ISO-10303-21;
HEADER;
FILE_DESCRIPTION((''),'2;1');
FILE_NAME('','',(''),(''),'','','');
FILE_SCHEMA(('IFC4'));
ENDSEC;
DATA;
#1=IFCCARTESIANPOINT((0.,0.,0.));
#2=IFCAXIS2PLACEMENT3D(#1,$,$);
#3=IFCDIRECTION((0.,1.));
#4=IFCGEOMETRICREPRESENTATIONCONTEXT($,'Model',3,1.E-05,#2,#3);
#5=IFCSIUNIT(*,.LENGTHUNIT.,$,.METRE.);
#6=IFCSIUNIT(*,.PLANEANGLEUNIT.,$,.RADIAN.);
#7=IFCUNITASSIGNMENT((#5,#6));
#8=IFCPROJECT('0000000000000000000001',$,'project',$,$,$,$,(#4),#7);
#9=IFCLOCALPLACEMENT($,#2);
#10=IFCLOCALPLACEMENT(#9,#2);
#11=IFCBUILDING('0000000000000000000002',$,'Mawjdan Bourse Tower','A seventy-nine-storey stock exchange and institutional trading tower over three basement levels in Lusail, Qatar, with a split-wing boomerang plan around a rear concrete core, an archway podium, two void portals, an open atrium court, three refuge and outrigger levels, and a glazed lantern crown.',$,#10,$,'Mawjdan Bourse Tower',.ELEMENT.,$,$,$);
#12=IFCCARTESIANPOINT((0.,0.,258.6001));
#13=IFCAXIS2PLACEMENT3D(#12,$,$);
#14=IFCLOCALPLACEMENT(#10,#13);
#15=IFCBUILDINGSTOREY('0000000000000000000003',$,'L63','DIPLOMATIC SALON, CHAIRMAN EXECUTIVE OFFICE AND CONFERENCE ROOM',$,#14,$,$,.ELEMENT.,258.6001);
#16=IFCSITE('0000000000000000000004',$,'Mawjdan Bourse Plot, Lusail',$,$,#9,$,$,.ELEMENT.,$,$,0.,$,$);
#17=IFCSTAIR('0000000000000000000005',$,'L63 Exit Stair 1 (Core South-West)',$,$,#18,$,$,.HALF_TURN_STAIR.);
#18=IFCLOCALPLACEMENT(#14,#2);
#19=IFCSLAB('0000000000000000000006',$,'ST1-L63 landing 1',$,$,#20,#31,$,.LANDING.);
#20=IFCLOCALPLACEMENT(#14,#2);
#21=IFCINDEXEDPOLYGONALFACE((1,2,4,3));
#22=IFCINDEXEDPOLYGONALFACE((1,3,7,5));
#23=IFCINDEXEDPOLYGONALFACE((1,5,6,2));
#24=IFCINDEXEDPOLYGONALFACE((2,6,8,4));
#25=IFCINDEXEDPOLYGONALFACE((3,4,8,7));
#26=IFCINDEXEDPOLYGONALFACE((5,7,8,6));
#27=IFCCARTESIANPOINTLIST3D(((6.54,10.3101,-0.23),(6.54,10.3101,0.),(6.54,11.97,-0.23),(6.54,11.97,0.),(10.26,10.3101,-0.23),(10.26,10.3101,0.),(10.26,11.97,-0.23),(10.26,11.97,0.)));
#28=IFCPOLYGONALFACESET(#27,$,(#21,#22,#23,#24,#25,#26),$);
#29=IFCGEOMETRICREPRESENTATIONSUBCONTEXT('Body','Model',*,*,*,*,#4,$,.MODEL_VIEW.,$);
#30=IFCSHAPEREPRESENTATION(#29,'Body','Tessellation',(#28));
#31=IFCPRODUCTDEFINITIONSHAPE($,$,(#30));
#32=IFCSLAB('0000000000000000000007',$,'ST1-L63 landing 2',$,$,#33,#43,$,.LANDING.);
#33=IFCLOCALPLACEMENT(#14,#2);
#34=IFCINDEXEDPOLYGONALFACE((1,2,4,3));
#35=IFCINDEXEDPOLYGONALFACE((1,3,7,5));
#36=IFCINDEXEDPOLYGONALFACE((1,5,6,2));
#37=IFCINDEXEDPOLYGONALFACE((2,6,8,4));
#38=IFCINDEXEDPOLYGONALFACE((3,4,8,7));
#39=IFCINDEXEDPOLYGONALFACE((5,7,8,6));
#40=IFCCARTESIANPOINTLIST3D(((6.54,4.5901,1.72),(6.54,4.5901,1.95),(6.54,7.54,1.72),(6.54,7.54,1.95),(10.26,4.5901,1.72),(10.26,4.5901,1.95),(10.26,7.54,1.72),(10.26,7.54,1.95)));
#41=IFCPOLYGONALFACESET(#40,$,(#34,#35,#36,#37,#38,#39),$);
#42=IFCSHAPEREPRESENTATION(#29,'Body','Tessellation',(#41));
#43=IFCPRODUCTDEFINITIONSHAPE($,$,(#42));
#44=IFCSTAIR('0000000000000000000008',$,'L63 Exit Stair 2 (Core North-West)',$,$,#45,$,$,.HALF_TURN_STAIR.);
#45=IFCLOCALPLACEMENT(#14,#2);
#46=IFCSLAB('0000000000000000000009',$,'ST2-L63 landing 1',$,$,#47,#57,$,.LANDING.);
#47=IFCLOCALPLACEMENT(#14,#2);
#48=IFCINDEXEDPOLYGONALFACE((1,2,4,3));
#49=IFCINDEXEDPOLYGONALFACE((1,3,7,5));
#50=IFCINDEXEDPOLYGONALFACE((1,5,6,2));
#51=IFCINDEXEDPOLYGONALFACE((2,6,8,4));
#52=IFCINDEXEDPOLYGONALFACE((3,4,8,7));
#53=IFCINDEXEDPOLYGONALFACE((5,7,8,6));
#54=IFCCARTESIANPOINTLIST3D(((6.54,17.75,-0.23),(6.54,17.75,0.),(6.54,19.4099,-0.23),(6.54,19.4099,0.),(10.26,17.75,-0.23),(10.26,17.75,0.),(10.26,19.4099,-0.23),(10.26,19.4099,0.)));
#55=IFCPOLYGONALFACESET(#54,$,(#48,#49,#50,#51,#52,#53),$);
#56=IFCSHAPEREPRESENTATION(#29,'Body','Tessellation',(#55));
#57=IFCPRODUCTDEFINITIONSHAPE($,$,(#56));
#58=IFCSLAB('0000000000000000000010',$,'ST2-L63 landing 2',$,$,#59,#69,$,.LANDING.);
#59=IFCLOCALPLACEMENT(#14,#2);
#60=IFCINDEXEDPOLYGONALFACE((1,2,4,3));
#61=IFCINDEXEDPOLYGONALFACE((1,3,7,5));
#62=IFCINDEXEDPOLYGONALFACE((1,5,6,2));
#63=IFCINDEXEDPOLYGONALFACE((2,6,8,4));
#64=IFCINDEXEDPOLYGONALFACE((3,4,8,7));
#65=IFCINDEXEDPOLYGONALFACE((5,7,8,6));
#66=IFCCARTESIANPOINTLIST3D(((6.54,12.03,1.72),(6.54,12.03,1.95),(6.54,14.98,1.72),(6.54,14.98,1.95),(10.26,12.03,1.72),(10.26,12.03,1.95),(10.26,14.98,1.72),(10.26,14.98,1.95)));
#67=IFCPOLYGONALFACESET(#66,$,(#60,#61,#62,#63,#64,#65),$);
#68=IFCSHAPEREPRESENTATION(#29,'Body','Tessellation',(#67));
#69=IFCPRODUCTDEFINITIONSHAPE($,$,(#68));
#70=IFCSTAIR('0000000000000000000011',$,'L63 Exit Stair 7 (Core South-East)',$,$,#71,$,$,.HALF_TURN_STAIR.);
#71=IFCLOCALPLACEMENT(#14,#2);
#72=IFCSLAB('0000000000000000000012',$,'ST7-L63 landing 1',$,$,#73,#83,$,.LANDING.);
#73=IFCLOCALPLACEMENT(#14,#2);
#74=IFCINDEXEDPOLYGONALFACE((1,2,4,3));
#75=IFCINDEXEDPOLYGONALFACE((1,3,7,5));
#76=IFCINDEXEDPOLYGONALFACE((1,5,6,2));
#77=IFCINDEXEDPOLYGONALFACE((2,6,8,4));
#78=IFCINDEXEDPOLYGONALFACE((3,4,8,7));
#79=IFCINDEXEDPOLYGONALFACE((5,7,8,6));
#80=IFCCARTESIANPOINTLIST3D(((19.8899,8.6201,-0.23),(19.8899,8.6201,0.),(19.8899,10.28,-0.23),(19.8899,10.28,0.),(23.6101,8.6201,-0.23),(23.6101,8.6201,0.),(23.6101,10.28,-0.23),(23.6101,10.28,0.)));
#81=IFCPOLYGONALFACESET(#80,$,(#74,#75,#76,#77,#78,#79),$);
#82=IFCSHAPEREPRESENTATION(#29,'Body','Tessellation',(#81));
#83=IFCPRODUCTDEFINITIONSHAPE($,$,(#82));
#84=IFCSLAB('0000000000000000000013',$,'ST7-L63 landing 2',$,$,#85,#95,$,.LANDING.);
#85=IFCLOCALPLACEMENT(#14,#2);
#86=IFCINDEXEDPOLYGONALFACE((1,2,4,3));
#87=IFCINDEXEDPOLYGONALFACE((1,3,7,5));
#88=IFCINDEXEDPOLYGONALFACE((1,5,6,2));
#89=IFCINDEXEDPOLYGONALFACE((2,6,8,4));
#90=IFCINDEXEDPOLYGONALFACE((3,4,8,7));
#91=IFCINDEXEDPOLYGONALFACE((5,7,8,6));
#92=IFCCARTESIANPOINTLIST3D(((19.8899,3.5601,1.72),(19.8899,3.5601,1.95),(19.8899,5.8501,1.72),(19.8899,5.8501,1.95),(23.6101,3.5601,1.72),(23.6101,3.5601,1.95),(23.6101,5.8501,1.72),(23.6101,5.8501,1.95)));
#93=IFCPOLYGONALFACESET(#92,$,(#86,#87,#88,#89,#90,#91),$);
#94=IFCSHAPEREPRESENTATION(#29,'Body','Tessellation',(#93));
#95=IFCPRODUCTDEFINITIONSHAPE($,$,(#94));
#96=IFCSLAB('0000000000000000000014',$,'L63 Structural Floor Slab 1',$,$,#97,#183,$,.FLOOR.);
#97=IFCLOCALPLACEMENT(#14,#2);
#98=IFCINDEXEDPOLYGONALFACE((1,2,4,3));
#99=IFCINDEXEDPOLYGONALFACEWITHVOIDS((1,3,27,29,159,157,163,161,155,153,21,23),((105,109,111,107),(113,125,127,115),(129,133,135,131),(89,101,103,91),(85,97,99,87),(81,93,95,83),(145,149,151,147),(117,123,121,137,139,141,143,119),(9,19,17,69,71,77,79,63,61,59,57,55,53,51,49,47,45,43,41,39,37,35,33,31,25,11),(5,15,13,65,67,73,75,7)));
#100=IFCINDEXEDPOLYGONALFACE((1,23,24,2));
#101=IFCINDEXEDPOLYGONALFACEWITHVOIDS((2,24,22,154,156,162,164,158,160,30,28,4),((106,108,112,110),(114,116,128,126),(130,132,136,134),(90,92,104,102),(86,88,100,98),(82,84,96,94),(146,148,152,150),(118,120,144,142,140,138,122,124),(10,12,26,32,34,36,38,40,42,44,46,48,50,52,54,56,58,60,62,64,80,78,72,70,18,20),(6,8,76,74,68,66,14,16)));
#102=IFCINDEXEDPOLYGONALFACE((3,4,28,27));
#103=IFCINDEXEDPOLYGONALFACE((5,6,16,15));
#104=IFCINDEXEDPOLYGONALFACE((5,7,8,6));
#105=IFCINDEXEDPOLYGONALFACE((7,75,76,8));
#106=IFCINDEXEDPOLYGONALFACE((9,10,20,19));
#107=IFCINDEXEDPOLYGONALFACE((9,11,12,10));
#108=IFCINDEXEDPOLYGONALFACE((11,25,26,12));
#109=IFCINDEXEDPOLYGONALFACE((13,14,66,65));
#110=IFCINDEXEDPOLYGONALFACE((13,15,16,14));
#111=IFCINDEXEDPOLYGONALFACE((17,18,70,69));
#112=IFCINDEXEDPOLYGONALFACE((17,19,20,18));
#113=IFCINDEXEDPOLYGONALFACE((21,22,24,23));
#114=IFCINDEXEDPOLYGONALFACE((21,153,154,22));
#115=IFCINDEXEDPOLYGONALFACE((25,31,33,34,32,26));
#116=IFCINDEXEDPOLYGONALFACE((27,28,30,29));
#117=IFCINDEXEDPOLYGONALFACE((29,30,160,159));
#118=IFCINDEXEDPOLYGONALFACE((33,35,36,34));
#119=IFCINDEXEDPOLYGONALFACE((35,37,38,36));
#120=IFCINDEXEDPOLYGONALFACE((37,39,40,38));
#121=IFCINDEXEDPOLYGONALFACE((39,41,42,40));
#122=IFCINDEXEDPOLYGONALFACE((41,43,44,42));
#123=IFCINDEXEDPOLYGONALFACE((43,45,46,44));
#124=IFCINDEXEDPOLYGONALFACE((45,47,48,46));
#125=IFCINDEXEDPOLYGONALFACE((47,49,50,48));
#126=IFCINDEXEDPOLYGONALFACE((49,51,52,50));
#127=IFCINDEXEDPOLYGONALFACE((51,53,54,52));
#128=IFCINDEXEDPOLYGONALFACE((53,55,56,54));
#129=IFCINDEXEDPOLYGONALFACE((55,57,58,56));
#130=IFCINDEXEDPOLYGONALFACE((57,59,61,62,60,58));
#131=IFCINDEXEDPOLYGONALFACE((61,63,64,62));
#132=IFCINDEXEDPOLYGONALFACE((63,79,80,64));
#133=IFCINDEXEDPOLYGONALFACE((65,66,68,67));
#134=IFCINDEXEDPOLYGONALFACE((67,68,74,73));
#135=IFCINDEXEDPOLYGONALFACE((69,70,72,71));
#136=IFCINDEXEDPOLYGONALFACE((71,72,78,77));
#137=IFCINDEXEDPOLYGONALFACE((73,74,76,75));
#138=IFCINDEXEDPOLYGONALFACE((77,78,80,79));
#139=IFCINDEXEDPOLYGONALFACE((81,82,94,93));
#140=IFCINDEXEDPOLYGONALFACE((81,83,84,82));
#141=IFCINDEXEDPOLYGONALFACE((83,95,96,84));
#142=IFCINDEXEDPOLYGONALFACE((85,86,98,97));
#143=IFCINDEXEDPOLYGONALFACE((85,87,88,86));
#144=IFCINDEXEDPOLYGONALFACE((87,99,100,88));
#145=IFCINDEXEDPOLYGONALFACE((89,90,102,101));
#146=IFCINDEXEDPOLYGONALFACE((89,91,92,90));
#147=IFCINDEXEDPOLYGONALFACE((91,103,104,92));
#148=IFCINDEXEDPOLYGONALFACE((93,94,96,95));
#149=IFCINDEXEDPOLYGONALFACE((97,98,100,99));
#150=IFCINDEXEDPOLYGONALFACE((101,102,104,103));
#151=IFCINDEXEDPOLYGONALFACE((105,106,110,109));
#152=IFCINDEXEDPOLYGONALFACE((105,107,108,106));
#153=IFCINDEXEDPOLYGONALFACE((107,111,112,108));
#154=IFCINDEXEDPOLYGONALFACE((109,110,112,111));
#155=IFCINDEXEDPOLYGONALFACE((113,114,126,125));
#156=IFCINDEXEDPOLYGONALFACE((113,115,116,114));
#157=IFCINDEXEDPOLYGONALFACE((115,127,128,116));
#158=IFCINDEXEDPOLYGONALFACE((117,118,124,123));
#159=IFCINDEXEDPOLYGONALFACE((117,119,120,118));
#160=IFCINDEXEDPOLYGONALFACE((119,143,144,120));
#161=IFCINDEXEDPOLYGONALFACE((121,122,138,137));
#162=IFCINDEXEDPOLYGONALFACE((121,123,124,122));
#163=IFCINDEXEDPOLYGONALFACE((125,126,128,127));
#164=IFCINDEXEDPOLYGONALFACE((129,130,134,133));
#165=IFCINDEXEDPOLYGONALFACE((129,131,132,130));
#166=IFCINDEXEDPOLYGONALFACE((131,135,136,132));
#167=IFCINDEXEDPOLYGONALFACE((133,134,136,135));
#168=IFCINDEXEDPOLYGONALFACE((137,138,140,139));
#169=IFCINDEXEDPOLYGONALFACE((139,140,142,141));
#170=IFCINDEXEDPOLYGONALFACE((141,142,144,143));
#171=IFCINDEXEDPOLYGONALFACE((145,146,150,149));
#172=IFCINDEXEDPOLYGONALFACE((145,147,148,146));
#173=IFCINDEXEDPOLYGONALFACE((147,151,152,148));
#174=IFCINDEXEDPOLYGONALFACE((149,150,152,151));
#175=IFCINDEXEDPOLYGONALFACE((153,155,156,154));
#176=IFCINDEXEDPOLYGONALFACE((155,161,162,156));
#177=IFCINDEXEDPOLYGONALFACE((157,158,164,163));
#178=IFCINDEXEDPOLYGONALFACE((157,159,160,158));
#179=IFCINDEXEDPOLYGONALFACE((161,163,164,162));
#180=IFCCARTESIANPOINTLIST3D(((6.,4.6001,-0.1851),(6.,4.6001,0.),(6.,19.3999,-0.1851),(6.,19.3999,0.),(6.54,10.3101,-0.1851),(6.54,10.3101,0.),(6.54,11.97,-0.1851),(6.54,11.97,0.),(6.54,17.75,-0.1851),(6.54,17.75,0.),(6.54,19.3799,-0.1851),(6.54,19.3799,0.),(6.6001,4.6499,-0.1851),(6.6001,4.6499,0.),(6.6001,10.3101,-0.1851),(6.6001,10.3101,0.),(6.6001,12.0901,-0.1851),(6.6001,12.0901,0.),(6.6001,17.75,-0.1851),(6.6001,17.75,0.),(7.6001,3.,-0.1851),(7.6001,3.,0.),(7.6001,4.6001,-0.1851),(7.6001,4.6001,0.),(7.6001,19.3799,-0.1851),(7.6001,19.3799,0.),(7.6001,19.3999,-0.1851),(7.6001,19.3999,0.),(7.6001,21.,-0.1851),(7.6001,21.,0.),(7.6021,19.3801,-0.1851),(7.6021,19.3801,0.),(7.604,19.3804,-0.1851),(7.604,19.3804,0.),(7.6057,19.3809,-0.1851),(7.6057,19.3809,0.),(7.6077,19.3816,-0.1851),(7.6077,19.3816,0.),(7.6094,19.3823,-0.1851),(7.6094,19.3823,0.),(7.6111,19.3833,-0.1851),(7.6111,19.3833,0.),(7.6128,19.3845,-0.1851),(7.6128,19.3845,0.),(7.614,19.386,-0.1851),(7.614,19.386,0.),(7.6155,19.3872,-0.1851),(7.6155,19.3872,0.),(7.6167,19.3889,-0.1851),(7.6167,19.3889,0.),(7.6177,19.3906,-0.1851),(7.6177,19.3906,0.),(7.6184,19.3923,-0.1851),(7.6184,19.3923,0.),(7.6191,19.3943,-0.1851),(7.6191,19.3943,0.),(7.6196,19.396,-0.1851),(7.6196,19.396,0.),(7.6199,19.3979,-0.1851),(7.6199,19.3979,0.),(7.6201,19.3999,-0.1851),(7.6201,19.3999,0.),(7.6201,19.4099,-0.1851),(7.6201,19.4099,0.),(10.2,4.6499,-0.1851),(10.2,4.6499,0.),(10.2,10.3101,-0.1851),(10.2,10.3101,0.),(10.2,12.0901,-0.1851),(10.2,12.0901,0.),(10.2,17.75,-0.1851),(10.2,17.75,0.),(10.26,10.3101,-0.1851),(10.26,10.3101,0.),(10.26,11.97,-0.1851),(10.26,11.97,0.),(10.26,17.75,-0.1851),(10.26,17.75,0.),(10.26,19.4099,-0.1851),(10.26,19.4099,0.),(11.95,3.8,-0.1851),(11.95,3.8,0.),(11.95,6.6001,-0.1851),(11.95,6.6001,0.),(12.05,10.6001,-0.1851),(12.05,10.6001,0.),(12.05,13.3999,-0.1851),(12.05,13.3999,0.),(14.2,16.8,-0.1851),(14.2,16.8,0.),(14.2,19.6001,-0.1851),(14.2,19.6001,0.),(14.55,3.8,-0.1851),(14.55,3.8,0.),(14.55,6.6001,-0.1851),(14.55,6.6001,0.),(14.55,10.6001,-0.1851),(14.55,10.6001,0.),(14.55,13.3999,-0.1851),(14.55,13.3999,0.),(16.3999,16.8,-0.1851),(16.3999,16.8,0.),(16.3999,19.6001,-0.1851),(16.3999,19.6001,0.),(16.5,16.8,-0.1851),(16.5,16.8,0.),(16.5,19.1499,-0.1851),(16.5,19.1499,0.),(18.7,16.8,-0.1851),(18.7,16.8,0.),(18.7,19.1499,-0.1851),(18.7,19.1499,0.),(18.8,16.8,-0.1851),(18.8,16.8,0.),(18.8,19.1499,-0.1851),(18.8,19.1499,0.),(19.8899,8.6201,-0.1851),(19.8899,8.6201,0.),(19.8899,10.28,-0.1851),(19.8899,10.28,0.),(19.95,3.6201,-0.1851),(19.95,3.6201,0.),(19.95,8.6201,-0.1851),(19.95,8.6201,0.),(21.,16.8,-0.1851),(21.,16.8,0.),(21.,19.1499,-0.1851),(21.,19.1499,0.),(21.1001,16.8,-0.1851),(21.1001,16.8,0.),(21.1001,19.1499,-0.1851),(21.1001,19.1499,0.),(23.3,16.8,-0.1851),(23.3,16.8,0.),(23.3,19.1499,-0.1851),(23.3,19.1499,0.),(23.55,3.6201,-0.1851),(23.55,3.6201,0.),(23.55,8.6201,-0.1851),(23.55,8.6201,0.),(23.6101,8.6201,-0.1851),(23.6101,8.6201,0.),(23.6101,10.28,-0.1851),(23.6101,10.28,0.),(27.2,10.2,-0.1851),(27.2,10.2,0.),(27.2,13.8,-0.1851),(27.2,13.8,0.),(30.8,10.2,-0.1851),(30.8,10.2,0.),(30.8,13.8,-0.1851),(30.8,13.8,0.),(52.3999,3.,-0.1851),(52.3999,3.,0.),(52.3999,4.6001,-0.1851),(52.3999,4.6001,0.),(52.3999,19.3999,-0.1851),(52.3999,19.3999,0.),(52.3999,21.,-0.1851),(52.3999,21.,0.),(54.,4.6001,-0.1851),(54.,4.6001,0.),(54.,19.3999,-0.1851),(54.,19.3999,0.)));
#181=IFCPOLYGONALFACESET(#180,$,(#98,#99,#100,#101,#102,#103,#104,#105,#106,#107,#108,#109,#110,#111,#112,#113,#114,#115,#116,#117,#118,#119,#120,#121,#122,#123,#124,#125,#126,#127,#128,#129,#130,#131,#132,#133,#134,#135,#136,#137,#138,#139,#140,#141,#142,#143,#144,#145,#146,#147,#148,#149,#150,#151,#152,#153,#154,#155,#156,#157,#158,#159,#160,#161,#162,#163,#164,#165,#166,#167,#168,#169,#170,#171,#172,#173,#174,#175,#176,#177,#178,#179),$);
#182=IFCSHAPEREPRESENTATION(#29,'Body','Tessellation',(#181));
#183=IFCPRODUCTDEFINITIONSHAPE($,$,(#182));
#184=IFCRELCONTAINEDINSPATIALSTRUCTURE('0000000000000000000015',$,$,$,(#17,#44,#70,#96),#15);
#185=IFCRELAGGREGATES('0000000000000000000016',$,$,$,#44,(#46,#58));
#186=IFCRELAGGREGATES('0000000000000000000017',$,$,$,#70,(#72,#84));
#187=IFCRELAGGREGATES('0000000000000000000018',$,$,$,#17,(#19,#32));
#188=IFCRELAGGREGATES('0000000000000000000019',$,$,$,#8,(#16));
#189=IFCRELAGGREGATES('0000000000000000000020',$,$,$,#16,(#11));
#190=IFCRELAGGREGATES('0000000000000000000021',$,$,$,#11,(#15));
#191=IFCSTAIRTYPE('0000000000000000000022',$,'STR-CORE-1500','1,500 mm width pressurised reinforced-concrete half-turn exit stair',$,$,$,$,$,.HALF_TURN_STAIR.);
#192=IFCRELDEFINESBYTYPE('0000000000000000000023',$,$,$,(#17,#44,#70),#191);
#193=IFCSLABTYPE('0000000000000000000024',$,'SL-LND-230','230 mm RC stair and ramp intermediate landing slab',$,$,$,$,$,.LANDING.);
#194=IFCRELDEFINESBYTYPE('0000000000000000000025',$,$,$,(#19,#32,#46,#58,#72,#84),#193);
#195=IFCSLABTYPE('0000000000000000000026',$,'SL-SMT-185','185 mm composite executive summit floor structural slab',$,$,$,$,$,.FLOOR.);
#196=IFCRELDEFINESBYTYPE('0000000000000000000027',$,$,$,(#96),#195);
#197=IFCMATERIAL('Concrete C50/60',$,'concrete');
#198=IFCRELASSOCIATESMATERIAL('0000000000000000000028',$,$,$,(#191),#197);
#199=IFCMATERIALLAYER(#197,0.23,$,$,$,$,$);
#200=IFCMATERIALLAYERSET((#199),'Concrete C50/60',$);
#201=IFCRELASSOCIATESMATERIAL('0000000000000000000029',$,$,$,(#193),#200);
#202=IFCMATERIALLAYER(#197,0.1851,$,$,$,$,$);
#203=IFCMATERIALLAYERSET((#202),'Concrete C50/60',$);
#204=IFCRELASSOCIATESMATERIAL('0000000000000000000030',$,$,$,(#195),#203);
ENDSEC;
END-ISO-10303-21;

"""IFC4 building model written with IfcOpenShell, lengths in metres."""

from ifc_helpers import new_model, si_unit, direction, frame, origin, place, context, subcontext, project, spatial, polyline, outline, extrude, material, layer, layer_set, type_object, element, aggregate, save


model = new_model("IFC4")

# Units and contexts
model_context = context("Model", 3, precision=1e-05, world=origin(), true_north=direction((0.0, 1.0)))
body_context = subcontext(model_context, "Body", "Model", "MODEL_VIEW")
ifc_project = project(units=[si_unit("LENGTHUNIT", "METRE"), si_unit("PLANEANGLEUNIT", "RADIAN")], contexts=[model_context])

# Site, building, storey
site_placement = place(None, origin())
site = spatial("IfcSite", under=ifc_project, at=site_placement, Name="Mawjdan Bourse Plot, Lusail", CompositionType="ELEMENT", RefElevation=0.0)
building_placement = place(site_placement, origin())
building = spatial("IfcBuilding", under=site, at=building_placement, Name="Mawjdan Bourse Tower", Description="A seventy-nine-storey stock exchange and institutional trading tower over three basement levels in Lusail, Qatar, with a split-wing boomerang plan around a rear concrete core, an archway podium, two void portals, an open atrium court, three refuge and outrigger levels, and a glazed lantern crown.", LongName="Mawjdan Bourse Tower", CompositionType="ELEMENT")
storey_placement = place(building_placement, frame((0.0, 0.0, 258.6001)))
storey = spatial("IfcBuildingStorey", under=building, at=storey_placement, Name="L63", Description="DIPLOMATIC SALON, CHAIRMAN EXECUTIVE OFFICE AND CONFERENCE ROOM", CompositionType="ELEMENT", Elevation=258.6001)

# Stairs, slabs
ifc_material_1 = material(Name="Concrete C50/60", Category="concrete")
stair_type = type_object("IfcStairType", Name="STR-CORE-1500", Description="1,500 mm width pressurised reinforced-concrete half-turn exit stair", PredefinedType="HALF_TURN_STAIR", material=ifc_material_1)
stair_1_placement = place(storey_placement, origin())
stair_1 = element("IfcStair", 1, at=stair_1_placement, inside=storey, type_object=stair_type, Name="L63 Exit Stair 1 (Core South-West)", PredefinedType="HALF_TURN_STAIR")
ifc_layer_1 = layer(ifc_material_1, 0.23)
ifc_layer_set_1 = layer_set([ifc_layer_1], Name="Concrete C50/60")
slab_type_1 = type_object("IfcSlabType", Name="SL-LND-230", Description="230 mm RC stair and ramp intermediate landing slab", PredefinedType="LANDING", material=ifc_layer_set_1)
slab_1_placement = place(storey_placement, frame((0.0, 0.0, -0.23)))
slab_1 = element("IfcSlab", 2, at=slab_1_placement, type_object=slab_type_1, Name="ST1-L63 landing 1", PredefinedType="LANDING", context=body_context, shape_type="SweptSolid", body=[
    extrude(outline(polyline([(6.54, 10.3101), (10.26, 10.3101), (10.26, 11.97), (6.54, 11.97), (6.54, 10.3101)])), origin(), (0.0, 0.0, 1.0), 0.23),
])
slab_2_placement = place(storey_placement, frame((0.0, 0.0, 1.72)))
slab_2 = element("IfcSlab", 3, at=slab_2_placement, type_object=slab_type_1, Name="ST1-L63 landing 2", PredefinedType="LANDING", context=body_context, shape_type="SweptSolid", body=[
    extrude(outline(polyline([(6.54, 4.5901), (10.26, 4.5901), (10.26, 7.54), (6.54, 7.54), (6.54, 4.5901)])), origin(), (0.0, 0.0, 1.0), 0.23),
])
stair_2_placement = place(storey_placement, origin())
stair_2 = element("IfcStair", 4, at=stair_2_placement, inside=storey, type_object=stair_type, Name="L63 Exit Stair 2 (Core North-West)", PredefinedType="HALF_TURN_STAIR")
slab_3_placement = place(storey_placement, frame((0.0, 0.0, -0.23)))
slab_3 = element("IfcSlab", 5, at=slab_3_placement, type_object=slab_type_1, Name="ST2-L63 landing 1", PredefinedType="LANDING", context=body_context, shape_type="SweptSolid", body=[
    extrude(outline(polyline([(6.54, 17.75), (10.26, 17.75), (10.26, 19.4099), (6.54, 19.4099), (6.54, 17.75)])), origin(), (0.0, 0.0, 1.0), 0.23),
])
slab_4_placement = place(storey_placement, frame((0.0, 0.0, 1.72)))
slab_4 = element("IfcSlab", 6, at=slab_4_placement, type_object=slab_type_1, Name="ST2-L63 landing 2", PredefinedType="LANDING", context=body_context, shape_type="SweptSolid", body=[
    extrude(outline(polyline([(6.54, 12.03), (10.26, 12.03), (10.26, 14.98), (6.54, 14.98), (6.54, 12.03)])), origin(), (0.0, 0.0, 1.0), 0.23),
])
aggregate(stair_2, [slab_3, slab_4])
stair_3_placement = place(storey_placement, origin())
stair_3 = element("IfcStair", 7, at=stair_3_placement, inside=storey, type_object=stair_type, Name="L63 Exit Stair 7 (Core South-East)", PredefinedType="HALF_TURN_STAIR")
slab_5_placement = place(storey_placement, frame((0.0, 0.0, -0.23)))
slab_5 = element("IfcSlab", 8, at=slab_5_placement, type_object=slab_type_1, Name="ST7-L63 landing 1", PredefinedType="LANDING", context=body_context, shape_type="SweptSolid", body=[
    extrude(outline(polyline([(19.8899, 8.6201), (23.6101, 8.6201), (23.6101, 10.28), (19.8899, 10.28), (19.8899, 8.6201)])), origin(), (0.0, 0.0, 1.0), 0.23),
])
slab_6_placement = place(storey_placement, frame((0.0, 0.0, 1.72)))
slab_6 = element("IfcSlab", 9, at=slab_6_placement, type_object=slab_type_1, Name="ST7-L63 landing 2", PredefinedType="LANDING", context=body_context, shape_type="SweptSolid", body=[
    extrude(outline(polyline([(19.8899, 3.5601), (23.6101, 3.5601), (23.6101, 5.8501), (19.8899, 5.8501), (19.8899, 3.5601)])), origin(), (0.0, 0.0, 1.0), 0.23),
])
aggregate(stair_3, [slab_5, slab_6])

# Slab
ifc_layer_2 = layer(ifc_material_1, 0.1851)
ifc_layer_set_2 = layer_set([ifc_layer_2], Name="Concrete C50/60")
slab_type_2 = type_object("IfcSlabType", Name="SL-SMT-185", Description="185 mm composite executive summit floor structural slab", PredefinedType="FLOOR", material=ifc_layer_set_2)
slab_7_placement = place(storey_placement, frame((0.0, 0.0, -0.1851)))
element("IfcSlab", 10, at=slab_7_placement, inside=storey, type_object=slab_type_2, Name="L63 Structural Floor Slab 1", PredefinedType="FLOOR", context=body_context, shape_type="SweptSolid", body=[
    extrude(outline(polyline([(7.6001, 3.0), (52.3999, 3.0), (52.3999, 4.6001), (54.0, 4.6001), (54.0, 19.3999), (52.3999, 19.3999), (52.3999, 21.0), (7.6001, 21.0), (7.6001, 19.3999), (6.0, 19.3999), (6.0, 4.6001), (7.6001, 4.6001), (7.6001, 3.0)]), holes=[polyline([(14.55, 3.8), (11.95, 3.8), (11.95, 6.6001), (14.55, 6.6001), (14.55, 3.8)]), polyline([(10.26, 11.97), (10.26, 10.3101), (10.2, 10.3101), (10.2, 4.6499), (6.6001, 4.6499), (6.6001, 10.3101), (6.54, 10.3101), (6.54, 11.97), (10.26, 11.97)]), polyline([(14.55, 10.6001), (12.05, 10.6001), (12.05, 13.3999), (14.55, 13.3999), (14.55, 10.6001)]), polyline([(6.6001, 12.0901), (6.6001, 17.75), (6.54, 17.75), (6.54, 19.3799), (7.6001, 19.3799), (7.6021, 19.3801), (7.604, 19.3804), (7.6057, 19.3809), (7.6077, 19.3816), (7.6094, 19.3823), (7.6111, 19.3833), (7.6128, 19.3845), (7.614, 19.386), (7.6155, 19.3872), (7.6167, 19.3889), (7.6177, 19.3906), (7.6184, 19.3923), (7.6191, 19.3943), (7.6196, 19.396), (7.6199, 19.3979), (7.6201, 19.3999), (7.6201, 19.4099), (10.26, 19.4099), (10.26, 17.75), (10.2, 17.75), (10.2, 12.0901), (6.6001, 12.0901)]), polyline([(14.2, 16.8), (14.2, 19.6001), (16.3999, 19.6001), (16.3999, 16.8), (14.2, 16.8)]), polyline([(23.6101, 10.28), (23.6101, 8.6201), (23.55, 8.6201), (23.55, 3.6201), (19.95, 3.6201), (19.95, 8.6201), (19.8899, 8.6201), (19.8899, 10.28), (23.6101, 10.28)]), polyline([(27.2, 10.2), (27.2, 13.8), (30.8, 13.8), (30.8, 10.2), (27.2, 10.2)]), polyline([(16.5, 16.8), (16.5, 19.1499), (18.7, 19.1499), (18.7, 16.8), (16.5, 16.8)]), polyline([(18.8, 16.8), (18.8, 19.1499), (21.0, 19.1499), (21.0, 16.8), (18.8, 16.8)]), polyline([(21.1001, 16.8), (21.1001, 19.1499), (23.3, 19.1499), (23.3, 16.8), (21.1001, 16.8)])]), origin(), (0.0, 0.0, 1.0), 0.1851),
])

aggregate(stair_1, [slab_1, slab_2])

save(model, "model.ifc")
